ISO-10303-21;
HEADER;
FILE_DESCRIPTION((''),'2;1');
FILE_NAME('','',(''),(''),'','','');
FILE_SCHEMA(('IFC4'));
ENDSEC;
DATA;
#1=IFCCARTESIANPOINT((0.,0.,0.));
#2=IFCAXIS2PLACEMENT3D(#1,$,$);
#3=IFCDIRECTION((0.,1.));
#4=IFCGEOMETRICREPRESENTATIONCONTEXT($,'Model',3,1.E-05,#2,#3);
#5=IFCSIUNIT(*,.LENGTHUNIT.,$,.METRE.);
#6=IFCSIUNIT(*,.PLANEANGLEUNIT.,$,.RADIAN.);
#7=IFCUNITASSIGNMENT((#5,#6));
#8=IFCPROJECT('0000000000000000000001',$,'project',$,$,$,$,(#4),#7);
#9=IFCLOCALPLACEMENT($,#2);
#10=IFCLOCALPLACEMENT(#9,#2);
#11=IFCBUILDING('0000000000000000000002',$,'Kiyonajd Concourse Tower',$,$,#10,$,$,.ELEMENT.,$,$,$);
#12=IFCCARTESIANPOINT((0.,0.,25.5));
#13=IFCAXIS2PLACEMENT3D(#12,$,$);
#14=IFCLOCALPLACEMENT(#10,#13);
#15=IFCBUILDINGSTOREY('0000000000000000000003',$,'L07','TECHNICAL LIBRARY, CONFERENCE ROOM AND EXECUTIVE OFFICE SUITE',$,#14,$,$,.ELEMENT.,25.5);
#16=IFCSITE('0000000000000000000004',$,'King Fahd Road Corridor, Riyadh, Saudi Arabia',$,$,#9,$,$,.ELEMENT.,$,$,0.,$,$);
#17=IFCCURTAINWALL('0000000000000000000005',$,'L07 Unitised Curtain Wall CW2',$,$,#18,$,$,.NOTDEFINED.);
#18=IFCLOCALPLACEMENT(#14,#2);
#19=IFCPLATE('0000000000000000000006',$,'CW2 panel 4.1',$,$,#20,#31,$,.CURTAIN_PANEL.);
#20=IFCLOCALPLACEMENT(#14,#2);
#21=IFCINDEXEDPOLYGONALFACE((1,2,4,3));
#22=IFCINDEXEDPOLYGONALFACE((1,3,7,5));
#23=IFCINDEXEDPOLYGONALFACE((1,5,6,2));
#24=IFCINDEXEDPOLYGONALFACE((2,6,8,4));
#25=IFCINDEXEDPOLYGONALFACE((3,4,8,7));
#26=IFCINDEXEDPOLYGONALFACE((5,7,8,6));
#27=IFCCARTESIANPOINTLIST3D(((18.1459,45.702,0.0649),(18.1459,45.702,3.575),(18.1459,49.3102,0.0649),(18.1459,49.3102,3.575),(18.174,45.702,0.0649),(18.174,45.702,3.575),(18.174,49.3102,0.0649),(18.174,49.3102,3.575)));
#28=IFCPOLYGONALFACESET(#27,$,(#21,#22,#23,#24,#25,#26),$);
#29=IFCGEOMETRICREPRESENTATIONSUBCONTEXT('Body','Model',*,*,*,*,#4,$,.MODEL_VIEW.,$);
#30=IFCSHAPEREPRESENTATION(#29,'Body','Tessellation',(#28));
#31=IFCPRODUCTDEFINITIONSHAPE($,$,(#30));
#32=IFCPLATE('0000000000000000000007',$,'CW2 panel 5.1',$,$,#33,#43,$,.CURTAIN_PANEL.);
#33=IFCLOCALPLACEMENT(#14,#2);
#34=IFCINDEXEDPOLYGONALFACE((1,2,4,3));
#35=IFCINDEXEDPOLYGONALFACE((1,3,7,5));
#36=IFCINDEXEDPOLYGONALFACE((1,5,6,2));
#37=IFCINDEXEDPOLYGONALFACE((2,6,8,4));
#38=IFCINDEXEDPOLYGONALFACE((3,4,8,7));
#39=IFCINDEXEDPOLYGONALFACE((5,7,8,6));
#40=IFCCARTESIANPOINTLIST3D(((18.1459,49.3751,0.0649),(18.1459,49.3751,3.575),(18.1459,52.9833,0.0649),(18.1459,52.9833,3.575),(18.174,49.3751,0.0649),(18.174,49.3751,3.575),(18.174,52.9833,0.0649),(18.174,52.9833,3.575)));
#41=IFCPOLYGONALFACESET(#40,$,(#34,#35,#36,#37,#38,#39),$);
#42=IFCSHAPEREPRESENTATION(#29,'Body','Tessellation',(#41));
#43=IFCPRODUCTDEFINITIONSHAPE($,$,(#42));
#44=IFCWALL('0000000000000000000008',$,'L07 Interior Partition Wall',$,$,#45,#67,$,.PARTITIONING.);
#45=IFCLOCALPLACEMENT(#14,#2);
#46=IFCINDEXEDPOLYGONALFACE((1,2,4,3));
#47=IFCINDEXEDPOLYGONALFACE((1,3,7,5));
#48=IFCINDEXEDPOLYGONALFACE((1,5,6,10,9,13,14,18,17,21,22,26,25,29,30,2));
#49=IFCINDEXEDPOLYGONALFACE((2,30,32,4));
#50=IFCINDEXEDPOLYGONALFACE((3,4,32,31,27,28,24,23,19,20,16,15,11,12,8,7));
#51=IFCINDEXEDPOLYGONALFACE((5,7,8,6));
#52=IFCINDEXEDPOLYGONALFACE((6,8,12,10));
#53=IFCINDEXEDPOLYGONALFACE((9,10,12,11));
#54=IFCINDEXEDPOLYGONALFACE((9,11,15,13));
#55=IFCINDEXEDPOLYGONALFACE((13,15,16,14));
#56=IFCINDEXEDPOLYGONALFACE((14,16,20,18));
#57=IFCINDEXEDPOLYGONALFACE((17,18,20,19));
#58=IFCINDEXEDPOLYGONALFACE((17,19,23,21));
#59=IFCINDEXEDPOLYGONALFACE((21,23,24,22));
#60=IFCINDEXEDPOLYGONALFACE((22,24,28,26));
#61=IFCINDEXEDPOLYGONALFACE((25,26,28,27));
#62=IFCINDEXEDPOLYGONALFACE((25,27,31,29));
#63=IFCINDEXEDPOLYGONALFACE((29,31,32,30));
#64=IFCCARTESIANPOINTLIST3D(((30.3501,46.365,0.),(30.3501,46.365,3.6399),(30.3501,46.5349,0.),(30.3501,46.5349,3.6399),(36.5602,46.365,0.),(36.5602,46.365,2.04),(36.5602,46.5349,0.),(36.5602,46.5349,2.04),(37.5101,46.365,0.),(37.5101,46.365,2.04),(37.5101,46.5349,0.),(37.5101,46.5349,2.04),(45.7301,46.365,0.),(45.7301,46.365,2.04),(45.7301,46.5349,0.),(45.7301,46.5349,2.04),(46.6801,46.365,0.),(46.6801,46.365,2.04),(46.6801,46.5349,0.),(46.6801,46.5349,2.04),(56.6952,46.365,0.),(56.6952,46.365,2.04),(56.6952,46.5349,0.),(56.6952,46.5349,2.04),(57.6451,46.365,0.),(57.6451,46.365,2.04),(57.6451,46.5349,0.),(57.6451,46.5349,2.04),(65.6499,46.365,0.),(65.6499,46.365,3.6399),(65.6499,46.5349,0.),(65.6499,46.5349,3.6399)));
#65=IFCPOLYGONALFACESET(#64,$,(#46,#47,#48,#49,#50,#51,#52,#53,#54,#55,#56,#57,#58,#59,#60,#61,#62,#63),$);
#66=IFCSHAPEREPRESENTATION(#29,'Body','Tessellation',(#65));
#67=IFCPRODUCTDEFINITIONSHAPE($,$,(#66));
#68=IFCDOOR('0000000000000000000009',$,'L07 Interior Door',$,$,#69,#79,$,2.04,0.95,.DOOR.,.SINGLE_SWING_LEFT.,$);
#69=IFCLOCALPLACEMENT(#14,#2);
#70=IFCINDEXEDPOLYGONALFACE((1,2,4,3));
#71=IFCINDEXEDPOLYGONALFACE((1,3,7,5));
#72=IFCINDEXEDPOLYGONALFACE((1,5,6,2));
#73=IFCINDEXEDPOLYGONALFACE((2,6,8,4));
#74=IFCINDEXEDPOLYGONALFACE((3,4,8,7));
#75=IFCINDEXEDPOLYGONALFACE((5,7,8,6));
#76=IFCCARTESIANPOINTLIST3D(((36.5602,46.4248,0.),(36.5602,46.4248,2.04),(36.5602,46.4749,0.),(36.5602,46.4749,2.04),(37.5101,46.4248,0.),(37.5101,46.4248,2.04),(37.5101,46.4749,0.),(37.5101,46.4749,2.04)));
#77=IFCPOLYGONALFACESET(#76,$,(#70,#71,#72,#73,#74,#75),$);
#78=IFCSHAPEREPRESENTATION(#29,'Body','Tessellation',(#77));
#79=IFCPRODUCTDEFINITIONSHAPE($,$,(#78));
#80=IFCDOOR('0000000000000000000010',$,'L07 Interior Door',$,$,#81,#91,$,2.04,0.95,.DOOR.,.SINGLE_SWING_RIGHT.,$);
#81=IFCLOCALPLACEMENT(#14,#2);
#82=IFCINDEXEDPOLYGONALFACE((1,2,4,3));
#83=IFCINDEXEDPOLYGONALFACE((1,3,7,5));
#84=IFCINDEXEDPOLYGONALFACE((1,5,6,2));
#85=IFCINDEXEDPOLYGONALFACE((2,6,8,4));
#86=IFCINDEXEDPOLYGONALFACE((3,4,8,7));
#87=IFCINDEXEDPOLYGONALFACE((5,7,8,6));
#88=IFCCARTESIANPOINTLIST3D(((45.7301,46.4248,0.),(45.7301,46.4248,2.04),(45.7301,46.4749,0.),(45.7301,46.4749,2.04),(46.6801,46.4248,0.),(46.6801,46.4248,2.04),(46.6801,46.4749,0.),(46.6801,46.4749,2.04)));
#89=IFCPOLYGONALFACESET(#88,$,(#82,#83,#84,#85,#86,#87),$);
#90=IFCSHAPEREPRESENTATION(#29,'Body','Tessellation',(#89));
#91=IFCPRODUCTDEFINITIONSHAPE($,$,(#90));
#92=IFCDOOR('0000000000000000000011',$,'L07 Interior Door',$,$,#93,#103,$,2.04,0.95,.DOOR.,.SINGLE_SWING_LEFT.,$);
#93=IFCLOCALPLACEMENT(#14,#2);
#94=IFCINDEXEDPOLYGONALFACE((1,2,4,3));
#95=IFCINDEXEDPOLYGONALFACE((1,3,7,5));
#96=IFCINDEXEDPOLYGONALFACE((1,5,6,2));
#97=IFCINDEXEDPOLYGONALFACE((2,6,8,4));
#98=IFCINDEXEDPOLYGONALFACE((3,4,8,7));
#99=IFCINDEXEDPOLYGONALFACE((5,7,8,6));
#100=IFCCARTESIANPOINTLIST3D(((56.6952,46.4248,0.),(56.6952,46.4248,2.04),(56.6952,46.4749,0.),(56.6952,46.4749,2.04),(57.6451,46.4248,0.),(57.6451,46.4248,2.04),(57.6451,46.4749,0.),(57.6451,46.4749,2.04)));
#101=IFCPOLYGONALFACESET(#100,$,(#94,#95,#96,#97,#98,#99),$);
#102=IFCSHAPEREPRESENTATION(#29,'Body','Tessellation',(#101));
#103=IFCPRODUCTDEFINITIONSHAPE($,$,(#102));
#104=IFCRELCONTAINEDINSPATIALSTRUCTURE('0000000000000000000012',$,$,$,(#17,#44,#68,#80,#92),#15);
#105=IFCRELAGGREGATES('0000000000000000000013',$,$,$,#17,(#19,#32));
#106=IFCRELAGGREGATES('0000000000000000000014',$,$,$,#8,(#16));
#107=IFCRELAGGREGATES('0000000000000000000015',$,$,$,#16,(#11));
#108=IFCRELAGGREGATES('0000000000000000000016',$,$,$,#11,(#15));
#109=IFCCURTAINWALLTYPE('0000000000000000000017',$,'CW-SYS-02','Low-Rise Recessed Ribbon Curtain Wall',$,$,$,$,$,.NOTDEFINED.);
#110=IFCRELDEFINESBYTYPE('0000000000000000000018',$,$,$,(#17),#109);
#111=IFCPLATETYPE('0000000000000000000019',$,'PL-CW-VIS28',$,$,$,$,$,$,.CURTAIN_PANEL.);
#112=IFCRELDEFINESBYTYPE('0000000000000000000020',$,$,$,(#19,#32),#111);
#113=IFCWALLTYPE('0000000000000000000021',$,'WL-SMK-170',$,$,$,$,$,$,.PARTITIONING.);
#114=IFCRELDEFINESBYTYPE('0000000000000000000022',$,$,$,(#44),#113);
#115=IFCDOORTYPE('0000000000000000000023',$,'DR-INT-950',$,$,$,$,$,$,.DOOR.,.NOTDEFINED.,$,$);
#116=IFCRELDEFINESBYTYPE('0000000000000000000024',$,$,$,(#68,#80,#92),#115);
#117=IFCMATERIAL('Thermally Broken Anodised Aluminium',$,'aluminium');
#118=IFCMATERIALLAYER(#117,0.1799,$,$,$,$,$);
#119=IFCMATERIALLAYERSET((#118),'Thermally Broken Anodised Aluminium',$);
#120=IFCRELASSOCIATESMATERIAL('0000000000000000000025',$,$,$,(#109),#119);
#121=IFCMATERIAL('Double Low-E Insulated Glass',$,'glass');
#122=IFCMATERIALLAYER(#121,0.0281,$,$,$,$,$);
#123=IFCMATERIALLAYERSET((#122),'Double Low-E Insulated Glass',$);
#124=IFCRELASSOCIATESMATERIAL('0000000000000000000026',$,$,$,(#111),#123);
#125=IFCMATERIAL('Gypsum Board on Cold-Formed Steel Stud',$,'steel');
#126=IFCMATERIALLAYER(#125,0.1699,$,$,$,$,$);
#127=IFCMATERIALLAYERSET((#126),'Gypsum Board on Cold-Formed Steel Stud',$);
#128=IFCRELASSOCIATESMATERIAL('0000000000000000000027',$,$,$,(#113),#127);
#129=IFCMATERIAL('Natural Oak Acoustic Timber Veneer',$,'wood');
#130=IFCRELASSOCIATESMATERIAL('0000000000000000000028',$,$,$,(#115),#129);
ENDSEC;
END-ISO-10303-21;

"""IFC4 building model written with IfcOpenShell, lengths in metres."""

from ifc_helpers import new_model, si_unit, direction, frame, frame_2d, origin, origin_2d, place, context, subcontext, project, spatial, rectangle, extrude, material, layer, layer_set, type_object, element, fill, aggregate, save


model = new_model("IFC4")

# Units and contexts
model_context = context("Model", 3, precision=1e-05, world=origin(), true_north=direction((0.0, 1.0)))
body_context = subcontext(model_context, "Body", "Model", "MODEL_VIEW")
ifc_project = project(units=[si_unit("LENGTHUNIT", "METRE"), si_unit("PLANEANGLEUNIT", "RADIAN")], contexts=[model_context])

# Site, building, storey
site_placement = place(None, origin())
site = spatial("IfcSite", under=ifc_project, at=site_placement, Name="King Fahd Road Corridor, Riyadh, Saudi Arabia", CompositionType="ELEMENT", RefElevation=0.0)
building_placement = place(site_placement, origin())
building = spatial("IfcBuilding", under=site, at=building_placement, Name="Kiyonajd Concourse Tower", CompositionType="ELEMENT")
storey_placement = place(building_placement, frame((0.0, 0.0, 25.5)))
storey = spatial("IfcBuildingStorey", under=building, at=storey_placement, Name="L07", Description="TECHNICAL LIBRARY, CONFERENCE ROOM AND EXECUTIVE OFFICE SUITE", CompositionType="ELEMENT", Elevation=25.5)

# Curtain wall, plates
ifc_material_1 = material(Name="Thermally Broken Anodised Aluminium", Category="aluminium")
ifc_layer_1 = layer(ifc_material_1, 0.1799)
ifc_layer_set_1 = layer_set([ifc_layer_1], Name="Thermally Broken Anodised Aluminium")
curtain_wall_type = type_object("IfcCurtainWallType", Name="CW-SYS-02", Description="Low-Rise Recessed Ribbon Curtain Wall", PredefinedType="NOTDEFINED", material=ifc_layer_set_1)
curtain_wall_placement = place(storey_placement, origin())
curtain_wall = element("IfcCurtainWall", 1, at=curtain_wall_placement, inside=storey, type_object=curtain_wall_type, Name="L07 Unitised Curtain Wall CW2", PredefinedType="NOTDEFINED")
ifc_material_2 = material(Name="Double Low-E Insulated Glass", Category="glass")
ifc_layer_2 = layer(ifc_material_2, 0.0281)
ifc_layer_set_2 = layer_set([ifc_layer_2], Name="Double Low-E Insulated Glass")
plate_type = type_object("IfcPlateType", Name="PL-CW-VIS28", PredefinedType="CURTAIN_PANEL", material=ifc_layer_set_2)
plate_1_placement = place(storey_placement, frame((18.1599, 47.5061, 0.0649), z_axis=(0.0, 0.0, 1.0), x_axis=(0.0, 1.0, 0.0)))
plate_1 = element("IfcPlate", 2, at=plate_1_placement, type_object=plate_type, Name="CW2 panel 4.1", PredefinedType="CURTAIN_PANEL", context=body_context, shape_type="SweptSolid", body=[
    extrude(rectangle(XDim=3.6082, YDim=0.0281, at=origin_2d()), origin(), (0.0, 0.0, 1.0), 3.51),
])
plate_2_placement = place(storey_placement, frame((18.1599, 51.1792, 0.0649), z_axis=(0.0, 0.0, 1.0), x_axis=(0.0, 1.0, 0.0)))
plate_2 = element("IfcPlate", 3, at=plate_2_placement, type_object=plate_type, Name="CW2 panel 5.1", PredefinedType="CURTAIN_PANEL", context=body_context, shape_type="SweptSolid", body=[
    extrude(rectangle(XDim=3.6082, YDim=0.0281, at=origin_2d()), origin(), (0.0, 0.0, 1.0), 3.51),
])
aggregate(curtain_wall, [plate_1, plate_2])

# Wall, openings, doors
ifc_material_3 = material(Name="Gypsum Board on Cold-Formed Steel Stud", Category="steel")
ifc_layer_3 = layer(ifc_material_3, 0.1699)
ifc_layer_set_3 = layer_set([ifc_layer_3], Name="Gypsum Board on Cold-Formed Steel Stud")
wall_type = type_object("IfcWallType", Name="WL-SMK-170", PredefinedType="PARTITIONING", material=ifc_layer_set_3)
wall_placement = place(storey_placement, frame((30.3501, 46.45, 0.0), z_axis=(0.0, 0.0, 1.0), x_axis=(1.0, 0.0, 0.0)))
wall = element("IfcWall", 4, at=wall_placement, inside=storey, type_object=wall_type, Name="L07 Interior Partition Wall", PredefinedType="PARTITIONING", context=body_context, shape_type="SweptSolid", body=[
    extrude(rectangle(XDim=35.2998, YDim=0.1699, at=frame_2d((17.6499, 0.0))), origin(), (0.0, 0.0, 1.0), 3.6399),
])
opening_1_placement = place(wall_placement, frame((6.21, 0.0, 0.0)))
opening_1 = element("IfcOpeningElement", 5, at=opening_1_placement, cuts=wall, PredefinedType="OPENING", context=body_context, shape_type="SweptSolid", body=[
    extrude(rectangle(XDim=0.95, YDim=2.04, at=frame_2d((0.4751, 1.02))), frame((0.0, 0.095, 0.0), z_axis=(0.0, -1.0, 0.0), x_axis=(1.0, 0.0, 0.0)), (0.0, 0.0, 1.0), 0.1899),
])
opening_2_placement = place(wall_placement, frame((15.3799, 0.0, 0.0)))
opening_2 = element("IfcOpeningElement", 6, at=opening_2_placement, cuts=wall, PredefinedType="OPENING", context=body_context, shape_type="SweptSolid", body=[
    extrude(rectangle(XDim=0.95, YDim=2.04, at=frame_2d((0.4751, 1.02))), frame((0.0, 0.095, 0.0), z_axis=(0.0, -1.0, 0.0), x_axis=(1.0, 0.0, 0.0)), (0.0, 0.0, 1.0), 0.1899),
])
opening_3_placement = place(wall_placement, frame((26.345, 0.0, 0.0)))
opening_3 = element("IfcOpeningElement", 7, at=opening_3_placement, cuts=wall, PredefinedType="OPENING", context=body_context, shape_type="SweptSolid", body=[
    extrude(rectangle(XDim=0.95, YDim=2.04, at=frame_2d((0.4751, 1.02))), frame((0.0, 0.095, 0.0), z_axis=(0.0, -1.0, 0.0), x_axis=(1.0, 0.0, 0.0)), (0.0, 0.0, 1.0), 0.1899),
])
ifc_material_4 = material(Name="Natural Oak Acoustic Timber Veneer", Category="wood")
door_type = type_object("IfcDoorType", Name="DR-INT-950", OperationType="NOTDEFINED", PredefinedType="DOOR", material=ifc_material_4)
door_1_placement = place(opening_1_placement, origin())
door_1 = element("IfcDoor", 8, at=door_1_placement, inside=storey, type_object=door_type, Name="L07 Interior Door", OperationType="SINGLE_SWING_LEFT", OverallHeight=2.04, OverallWidth=0.95, PredefinedType="DOOR", context=body_context, shape_type="SweptSolid", body=[
    extrude(rectangle(XDim=0.95, YDim=2.04, at=frame_2d((0.4751, 1.02))), frame((0.0, 0.0249, 0.0), z_axis=(0.0, -1.0, 0.0), x_axis=(1.0, 0.0, 0.0)), (0.0, 0.0, 1.0), 0.05),
])
fill(opening_1, door_1)
door_2_placement = place(opening_2_placement, origin())
door_2 = element("IfcDoor", 9, at=door_2_placement, inside=storey, type_object=door_type, Name="L07 Interior Door", OperationType="SINGLE_SWING_RIGHT", OverallHeight=2.04, OverallWidth=0.95, PredefinedType="DOOR", context=body_context, shape_type="SweptSolid", body=[
    extrude(rectangle(XDim=0.95, YDim=2.04, at=frame_2d((0.4751, 1.02))), frame((0.0, 0.0249, 0.0), z_axis=(0.0, -1.0, 0.0), x_axis=(1.0, 0.0, 0.0)), (0.0, 0.0, 1.0), 0.05),
])
fill(opening_2, door_2)
door_3_placement = place(opening_3_placement, origin())
door_3 = element("IfcDoor", 10, at=door_3_placement, inside=storey, type_object=door_type, Name="L07 Interior Door", OperationType="SINGLE_SWING_LEFT", OverallHeight=2.04, OverallWidth=0.95, PredefinedType="DOOR", context=body_context, shape_type="SweptSolid", body=[
    extrude(rectangle(XDim=0.95, YDim=2.04, at=frame_2d((0.4751, 1.02))), frame((0.0, 0.0249, 0.0), z_axis=(0.0, -1.0, 0.0), x_axis=(1.0, 0.0, 0.0)), (0.0, 0.0, 1.0), 0.05),
])
fill(opening_3, door_3)

save(model, "model.ifc")
